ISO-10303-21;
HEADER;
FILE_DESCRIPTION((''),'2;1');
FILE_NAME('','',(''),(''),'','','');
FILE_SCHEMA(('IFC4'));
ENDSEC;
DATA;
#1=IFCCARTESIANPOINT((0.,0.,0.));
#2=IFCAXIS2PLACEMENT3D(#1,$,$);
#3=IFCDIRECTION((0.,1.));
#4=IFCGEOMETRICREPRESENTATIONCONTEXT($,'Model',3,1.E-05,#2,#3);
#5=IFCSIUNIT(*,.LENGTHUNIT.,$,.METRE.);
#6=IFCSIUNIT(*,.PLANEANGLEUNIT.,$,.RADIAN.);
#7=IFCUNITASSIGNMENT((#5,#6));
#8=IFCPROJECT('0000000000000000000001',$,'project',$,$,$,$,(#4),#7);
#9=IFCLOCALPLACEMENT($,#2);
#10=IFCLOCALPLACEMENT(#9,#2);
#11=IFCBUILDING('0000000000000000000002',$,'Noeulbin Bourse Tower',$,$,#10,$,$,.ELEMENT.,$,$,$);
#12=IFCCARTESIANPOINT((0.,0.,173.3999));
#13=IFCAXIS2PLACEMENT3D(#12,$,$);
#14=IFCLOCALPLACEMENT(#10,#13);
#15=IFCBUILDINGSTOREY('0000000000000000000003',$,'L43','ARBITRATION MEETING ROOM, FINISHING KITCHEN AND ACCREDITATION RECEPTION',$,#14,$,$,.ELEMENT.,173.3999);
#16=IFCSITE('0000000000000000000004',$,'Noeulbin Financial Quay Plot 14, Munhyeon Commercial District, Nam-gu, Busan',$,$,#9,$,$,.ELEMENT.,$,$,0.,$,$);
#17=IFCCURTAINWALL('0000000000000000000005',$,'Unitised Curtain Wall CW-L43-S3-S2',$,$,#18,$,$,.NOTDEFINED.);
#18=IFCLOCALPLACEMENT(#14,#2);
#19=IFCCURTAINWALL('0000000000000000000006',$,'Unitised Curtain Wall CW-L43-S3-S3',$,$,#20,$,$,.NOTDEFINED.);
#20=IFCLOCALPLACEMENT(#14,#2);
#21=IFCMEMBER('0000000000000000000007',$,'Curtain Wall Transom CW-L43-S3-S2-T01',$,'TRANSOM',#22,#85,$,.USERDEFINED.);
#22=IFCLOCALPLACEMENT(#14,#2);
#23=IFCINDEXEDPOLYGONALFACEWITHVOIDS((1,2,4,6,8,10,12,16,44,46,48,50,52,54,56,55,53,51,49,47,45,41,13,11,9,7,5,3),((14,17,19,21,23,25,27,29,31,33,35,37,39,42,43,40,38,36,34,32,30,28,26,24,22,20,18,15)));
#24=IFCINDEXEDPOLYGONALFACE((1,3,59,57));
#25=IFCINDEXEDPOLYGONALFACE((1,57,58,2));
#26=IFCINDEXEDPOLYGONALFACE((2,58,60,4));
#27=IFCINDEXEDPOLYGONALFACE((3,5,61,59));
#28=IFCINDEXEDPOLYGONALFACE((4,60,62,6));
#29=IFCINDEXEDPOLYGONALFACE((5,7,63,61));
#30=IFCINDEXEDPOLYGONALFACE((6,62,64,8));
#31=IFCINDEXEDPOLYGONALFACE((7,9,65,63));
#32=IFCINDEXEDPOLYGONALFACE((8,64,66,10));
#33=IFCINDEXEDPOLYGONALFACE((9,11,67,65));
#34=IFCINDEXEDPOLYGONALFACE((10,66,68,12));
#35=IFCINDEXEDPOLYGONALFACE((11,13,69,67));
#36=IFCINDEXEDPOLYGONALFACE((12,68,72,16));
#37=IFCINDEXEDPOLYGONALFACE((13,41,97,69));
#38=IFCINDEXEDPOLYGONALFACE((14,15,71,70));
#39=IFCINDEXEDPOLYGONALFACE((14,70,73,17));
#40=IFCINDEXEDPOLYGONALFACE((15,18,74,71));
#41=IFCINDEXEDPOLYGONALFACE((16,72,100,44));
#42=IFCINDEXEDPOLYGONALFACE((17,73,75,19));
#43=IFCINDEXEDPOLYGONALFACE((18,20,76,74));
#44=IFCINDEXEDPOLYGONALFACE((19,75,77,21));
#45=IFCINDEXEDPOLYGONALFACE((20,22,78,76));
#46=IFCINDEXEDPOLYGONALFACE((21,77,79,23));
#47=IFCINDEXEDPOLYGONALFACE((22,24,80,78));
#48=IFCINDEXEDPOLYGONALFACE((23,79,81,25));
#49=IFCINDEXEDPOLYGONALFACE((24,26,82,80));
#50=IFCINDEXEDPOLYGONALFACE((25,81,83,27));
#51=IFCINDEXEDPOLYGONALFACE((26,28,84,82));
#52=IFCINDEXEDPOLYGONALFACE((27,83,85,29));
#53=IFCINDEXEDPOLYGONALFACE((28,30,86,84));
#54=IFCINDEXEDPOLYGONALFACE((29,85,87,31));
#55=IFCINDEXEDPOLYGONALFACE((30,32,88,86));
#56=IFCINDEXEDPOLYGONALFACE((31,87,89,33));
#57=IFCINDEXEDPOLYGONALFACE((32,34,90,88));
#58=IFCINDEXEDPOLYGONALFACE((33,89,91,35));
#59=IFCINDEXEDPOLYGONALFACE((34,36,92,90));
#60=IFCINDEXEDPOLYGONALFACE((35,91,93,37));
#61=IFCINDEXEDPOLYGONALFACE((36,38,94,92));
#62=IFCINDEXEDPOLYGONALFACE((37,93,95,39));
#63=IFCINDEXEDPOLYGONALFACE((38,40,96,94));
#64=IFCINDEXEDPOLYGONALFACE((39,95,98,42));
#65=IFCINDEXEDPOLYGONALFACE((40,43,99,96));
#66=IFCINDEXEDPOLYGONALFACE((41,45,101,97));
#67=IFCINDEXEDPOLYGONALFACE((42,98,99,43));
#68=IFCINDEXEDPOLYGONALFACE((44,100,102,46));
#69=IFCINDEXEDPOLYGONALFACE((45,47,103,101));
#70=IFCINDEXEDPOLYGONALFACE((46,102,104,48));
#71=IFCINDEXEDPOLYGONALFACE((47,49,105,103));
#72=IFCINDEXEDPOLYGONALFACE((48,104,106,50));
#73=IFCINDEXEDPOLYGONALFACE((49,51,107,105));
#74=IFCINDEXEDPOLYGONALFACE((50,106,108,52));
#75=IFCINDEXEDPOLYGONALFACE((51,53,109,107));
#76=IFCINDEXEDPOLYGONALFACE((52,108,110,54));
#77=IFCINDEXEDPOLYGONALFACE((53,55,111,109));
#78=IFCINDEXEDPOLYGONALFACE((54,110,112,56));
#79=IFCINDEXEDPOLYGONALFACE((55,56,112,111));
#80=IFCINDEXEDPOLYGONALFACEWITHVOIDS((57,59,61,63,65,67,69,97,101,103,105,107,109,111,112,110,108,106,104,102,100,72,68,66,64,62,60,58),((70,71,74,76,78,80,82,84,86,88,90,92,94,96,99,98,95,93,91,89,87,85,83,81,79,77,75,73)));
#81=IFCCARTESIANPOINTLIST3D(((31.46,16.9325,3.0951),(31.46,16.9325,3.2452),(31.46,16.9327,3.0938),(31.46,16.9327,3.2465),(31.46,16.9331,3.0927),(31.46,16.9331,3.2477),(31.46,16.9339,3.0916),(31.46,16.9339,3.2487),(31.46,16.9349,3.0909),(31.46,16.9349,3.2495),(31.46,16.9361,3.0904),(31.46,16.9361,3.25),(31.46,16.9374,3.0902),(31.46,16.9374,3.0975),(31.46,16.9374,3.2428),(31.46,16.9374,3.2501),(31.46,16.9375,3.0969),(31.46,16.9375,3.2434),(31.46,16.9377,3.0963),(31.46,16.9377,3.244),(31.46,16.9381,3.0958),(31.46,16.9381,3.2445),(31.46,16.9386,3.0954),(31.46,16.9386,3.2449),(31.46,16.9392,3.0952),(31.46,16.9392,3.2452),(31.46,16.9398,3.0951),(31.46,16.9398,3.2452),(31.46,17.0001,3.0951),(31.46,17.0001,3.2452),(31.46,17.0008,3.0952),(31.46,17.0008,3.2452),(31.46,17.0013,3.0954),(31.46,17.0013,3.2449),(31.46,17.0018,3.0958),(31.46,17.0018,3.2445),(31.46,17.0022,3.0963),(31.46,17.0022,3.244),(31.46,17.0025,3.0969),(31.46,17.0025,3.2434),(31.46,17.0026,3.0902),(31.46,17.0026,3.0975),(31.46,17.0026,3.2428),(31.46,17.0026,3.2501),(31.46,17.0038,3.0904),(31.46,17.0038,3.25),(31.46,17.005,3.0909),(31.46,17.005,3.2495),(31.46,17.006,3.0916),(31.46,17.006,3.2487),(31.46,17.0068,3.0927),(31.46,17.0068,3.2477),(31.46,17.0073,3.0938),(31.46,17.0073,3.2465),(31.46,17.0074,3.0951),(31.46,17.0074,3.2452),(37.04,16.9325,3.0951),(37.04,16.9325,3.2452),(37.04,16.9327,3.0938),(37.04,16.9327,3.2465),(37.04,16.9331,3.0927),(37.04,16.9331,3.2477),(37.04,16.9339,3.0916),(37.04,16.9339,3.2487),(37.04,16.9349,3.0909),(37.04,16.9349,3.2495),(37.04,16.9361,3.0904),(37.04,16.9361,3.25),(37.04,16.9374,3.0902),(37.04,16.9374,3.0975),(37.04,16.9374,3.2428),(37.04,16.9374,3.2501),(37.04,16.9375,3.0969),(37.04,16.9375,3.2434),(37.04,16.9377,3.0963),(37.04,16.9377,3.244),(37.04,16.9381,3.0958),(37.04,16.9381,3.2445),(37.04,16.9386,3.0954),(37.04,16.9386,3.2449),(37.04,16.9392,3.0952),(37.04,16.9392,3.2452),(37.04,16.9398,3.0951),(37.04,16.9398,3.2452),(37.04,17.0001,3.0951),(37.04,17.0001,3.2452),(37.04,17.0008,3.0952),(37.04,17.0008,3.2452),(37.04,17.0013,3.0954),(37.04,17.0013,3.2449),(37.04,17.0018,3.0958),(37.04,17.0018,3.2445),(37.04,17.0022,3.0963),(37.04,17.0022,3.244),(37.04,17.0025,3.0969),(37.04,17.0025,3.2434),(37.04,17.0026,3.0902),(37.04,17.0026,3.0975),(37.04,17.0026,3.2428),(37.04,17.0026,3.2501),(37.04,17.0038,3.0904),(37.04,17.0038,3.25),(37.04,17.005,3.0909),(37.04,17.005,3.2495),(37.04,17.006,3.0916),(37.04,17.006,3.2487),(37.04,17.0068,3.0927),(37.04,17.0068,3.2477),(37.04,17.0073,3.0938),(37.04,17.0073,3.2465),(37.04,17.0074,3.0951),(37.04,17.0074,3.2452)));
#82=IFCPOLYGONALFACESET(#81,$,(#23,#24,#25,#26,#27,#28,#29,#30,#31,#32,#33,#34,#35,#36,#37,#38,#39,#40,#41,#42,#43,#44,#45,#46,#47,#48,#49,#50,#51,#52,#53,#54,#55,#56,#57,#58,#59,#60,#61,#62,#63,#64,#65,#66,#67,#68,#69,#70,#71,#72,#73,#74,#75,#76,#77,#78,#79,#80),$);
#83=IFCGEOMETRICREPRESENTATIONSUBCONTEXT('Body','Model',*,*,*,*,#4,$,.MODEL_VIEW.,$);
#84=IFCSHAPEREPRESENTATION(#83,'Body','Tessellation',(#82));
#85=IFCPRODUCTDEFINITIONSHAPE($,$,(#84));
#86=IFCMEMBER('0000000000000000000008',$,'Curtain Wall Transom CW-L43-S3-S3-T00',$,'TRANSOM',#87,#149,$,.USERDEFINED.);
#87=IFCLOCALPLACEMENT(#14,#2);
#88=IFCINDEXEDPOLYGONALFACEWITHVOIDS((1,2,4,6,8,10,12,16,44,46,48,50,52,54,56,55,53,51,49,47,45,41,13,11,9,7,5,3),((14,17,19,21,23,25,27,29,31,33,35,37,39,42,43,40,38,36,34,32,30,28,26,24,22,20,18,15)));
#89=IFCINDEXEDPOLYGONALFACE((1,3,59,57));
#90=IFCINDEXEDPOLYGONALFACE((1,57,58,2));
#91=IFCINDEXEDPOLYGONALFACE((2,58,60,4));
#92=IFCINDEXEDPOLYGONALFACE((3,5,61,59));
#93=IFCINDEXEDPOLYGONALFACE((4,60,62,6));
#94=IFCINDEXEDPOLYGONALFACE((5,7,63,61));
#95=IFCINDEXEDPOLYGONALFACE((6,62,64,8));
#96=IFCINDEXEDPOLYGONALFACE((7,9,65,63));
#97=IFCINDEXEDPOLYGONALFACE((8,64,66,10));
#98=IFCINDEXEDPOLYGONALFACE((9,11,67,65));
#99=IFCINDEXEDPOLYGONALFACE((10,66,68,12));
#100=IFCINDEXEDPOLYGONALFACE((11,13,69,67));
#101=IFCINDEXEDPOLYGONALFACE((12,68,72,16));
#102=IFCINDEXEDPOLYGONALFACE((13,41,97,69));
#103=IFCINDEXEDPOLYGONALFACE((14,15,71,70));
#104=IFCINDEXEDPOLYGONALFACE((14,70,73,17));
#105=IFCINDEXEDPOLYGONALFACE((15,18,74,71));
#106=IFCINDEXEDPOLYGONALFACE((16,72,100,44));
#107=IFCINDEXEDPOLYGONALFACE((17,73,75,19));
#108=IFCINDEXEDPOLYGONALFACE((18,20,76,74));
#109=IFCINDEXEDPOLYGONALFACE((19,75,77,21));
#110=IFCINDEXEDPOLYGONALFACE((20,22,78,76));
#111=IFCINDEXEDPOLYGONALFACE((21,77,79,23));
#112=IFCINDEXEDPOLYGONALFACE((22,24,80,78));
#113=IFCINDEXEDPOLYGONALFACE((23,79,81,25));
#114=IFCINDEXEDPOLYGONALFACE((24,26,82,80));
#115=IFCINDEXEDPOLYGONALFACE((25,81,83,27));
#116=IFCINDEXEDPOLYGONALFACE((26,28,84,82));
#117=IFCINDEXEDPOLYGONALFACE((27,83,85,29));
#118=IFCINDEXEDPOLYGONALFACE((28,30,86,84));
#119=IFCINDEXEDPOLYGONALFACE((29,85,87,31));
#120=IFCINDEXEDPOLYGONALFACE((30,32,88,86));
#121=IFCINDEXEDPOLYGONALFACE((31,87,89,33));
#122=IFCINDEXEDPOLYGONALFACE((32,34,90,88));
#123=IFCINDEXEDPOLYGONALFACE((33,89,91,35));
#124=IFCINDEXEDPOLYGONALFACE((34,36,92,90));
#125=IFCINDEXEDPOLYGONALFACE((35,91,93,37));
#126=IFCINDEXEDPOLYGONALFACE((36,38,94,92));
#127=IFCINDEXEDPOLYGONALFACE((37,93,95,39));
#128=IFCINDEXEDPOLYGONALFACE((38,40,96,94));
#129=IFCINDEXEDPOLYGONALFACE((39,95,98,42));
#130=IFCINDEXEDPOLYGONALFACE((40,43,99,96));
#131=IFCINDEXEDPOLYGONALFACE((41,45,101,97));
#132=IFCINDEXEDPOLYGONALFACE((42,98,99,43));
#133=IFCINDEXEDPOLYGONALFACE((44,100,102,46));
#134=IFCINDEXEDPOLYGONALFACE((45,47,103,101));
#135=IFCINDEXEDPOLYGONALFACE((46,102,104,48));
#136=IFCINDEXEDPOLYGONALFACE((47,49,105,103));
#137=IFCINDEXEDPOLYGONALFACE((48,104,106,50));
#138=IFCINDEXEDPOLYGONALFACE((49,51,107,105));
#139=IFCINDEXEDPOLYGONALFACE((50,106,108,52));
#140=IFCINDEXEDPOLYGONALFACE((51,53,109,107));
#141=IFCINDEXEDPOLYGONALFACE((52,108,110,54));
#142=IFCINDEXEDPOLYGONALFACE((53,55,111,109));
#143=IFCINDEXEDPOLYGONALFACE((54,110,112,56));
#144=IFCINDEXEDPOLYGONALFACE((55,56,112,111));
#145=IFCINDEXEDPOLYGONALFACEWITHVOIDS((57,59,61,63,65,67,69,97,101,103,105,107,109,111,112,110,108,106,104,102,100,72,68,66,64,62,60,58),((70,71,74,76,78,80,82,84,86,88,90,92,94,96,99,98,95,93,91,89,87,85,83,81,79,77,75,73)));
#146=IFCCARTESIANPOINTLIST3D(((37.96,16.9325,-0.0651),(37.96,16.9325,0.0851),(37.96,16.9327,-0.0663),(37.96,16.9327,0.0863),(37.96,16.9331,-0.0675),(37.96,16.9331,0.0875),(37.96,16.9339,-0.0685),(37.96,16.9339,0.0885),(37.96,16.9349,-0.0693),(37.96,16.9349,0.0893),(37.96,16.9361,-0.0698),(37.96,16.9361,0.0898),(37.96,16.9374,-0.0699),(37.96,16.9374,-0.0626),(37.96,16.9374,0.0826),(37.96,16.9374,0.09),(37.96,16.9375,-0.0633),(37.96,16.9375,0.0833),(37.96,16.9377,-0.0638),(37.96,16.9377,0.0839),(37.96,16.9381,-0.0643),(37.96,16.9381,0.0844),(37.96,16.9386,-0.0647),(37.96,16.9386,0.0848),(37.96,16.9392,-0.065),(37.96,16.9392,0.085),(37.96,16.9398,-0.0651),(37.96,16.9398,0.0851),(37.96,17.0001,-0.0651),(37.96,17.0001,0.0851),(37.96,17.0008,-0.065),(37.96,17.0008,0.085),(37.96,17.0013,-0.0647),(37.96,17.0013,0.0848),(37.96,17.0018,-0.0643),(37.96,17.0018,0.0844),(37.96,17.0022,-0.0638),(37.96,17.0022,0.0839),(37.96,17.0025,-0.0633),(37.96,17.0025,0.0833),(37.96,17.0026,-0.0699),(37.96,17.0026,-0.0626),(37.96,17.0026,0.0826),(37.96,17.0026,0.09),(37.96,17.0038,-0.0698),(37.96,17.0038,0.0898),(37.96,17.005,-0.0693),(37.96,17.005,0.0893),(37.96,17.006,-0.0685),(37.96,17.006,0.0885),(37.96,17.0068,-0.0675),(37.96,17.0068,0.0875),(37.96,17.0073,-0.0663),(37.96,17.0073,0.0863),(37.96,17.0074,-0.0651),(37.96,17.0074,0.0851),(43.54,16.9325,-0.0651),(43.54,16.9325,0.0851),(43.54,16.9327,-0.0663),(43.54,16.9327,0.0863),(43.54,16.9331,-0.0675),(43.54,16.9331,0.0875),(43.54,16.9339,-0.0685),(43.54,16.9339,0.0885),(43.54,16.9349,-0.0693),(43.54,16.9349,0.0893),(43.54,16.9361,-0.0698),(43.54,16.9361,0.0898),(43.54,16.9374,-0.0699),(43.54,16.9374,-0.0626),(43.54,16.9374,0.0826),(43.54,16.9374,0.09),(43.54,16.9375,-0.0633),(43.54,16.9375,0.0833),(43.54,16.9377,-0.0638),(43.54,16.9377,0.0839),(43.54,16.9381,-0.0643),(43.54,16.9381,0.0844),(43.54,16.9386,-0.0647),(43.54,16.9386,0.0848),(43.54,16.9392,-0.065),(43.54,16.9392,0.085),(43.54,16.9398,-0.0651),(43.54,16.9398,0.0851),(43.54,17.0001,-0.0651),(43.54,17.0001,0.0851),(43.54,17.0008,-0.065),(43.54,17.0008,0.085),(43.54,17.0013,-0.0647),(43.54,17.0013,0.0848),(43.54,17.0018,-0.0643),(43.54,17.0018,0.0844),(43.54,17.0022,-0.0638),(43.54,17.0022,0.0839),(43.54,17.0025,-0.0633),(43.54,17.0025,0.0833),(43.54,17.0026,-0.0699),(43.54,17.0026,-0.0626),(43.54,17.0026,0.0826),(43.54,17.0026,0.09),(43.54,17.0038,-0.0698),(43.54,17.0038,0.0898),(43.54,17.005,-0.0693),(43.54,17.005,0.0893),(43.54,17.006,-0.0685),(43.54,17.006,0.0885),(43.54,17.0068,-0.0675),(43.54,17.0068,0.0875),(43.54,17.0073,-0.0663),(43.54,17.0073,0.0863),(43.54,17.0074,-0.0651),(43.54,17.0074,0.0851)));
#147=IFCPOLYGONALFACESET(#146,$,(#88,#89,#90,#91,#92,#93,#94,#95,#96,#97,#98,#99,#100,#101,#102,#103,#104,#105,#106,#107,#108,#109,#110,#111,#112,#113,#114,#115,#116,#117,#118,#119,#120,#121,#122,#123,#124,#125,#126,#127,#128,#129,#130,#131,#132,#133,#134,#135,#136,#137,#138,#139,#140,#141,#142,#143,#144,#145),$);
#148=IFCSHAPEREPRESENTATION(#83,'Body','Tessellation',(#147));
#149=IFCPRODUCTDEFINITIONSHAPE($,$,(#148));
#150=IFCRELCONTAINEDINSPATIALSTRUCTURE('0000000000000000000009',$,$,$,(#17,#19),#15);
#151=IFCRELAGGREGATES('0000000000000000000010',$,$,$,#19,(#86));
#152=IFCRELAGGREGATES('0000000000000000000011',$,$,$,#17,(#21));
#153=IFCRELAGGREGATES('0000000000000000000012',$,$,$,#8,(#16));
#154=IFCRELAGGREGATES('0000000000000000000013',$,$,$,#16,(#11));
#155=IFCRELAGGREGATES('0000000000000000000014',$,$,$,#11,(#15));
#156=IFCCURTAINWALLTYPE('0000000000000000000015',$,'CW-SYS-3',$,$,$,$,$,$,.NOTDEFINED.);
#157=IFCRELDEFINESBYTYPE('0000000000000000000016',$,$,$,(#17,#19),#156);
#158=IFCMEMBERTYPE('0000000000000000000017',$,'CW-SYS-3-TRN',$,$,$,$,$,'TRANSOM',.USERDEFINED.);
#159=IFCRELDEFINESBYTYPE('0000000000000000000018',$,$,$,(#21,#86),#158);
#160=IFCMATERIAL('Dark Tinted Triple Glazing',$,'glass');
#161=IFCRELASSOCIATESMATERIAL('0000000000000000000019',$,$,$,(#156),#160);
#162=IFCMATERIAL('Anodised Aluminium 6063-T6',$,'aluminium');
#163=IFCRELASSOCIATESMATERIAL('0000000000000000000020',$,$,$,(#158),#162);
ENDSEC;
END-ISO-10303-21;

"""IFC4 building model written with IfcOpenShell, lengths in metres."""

from ifc_helpers import new_model, si_unit, direction, frame, origin, origin_2d, place, context, subcontext, project, spatial, hollow_rectangle, extrude, material, material_profile, profile_set, type_object, element, aggregate, save


model = new_model("IFC4")

# Units and contexts
model_context = context("Model", 3, precision=1e-05, world=origin(), true_north=direction((0.0, 1.0)))
body_context = subcontext(model_context, "Body", "Model", "MODEL_VIEW")
ifc_project = project(units=[si_unit("LENGTHUNIT", "METRE"), si_unit("PLANEANGLEUNIT", "RADIAN")], contexts=[model_context])

# Site, building, storey
site_placement = place(None, origin())
site = spatial("IfcSite", under=ifc_project, at=site_placement, Name="Noeulbin Financial Quay Plot 14, Munhyeon Commercial District, Nam-gu, Busan", CompositionType="ELEMENT", RefElevation=0.0)
building_placement = place(site_placement, origin())
building = spatial("IfcBuilding", under=site, at=building_placement, Name="Noeulbin Bourse Tower", CompositionType="ELEMENT")
storey_placement = place(building_placement, frame((0.0, 0.0, 173.3999)))
storey = spatial("IfcBuildingStorey", under=building, at=storey_placement, Name="L43", Description="ARBITRATION MEETING ROOM, FINISHING KITCHEN AND ACCREDITATION RECEPTION", CompositionType="ELEMENT", Elevation=173.3999)

# Shared definitions
ifc_material_1 = material(Name="Dark Tinted Triple Glazing", Category="glass")
curtain_wall_type = type_object("IfcCurtainWallType", Name="CW-SYS-3", PredefinedType="NOTDEFINED", material=ifc_material_1)
ifc_material_2 = material(Name="Anodised Aluminium 6063-T6", Category="aluminium")

# Curtain wall
curtain_wall_1_placement = place(storey_placement, origin())
curtain_wall_1 = element("IfcCurtainWall", 1, at=curtain_wall_1_placement, inside=storey, type_object=curtain_wall_type, Name="Unitised Curtain Wall CW-L43-S3-S2", PredefinedType="NOTDEFINED")

# Curtain wall
curtain_wall_2_placement = place(storey_placement, origin())
curtain_wall_2 = element("IfcCurtainWall", 2, at=curtain_wall_2_placement, inside=storey, type_object=curtain_wall_type, Name="Unitised Curtain Wall CW-L43-S3-S3", PredefinedType="NOTDEFINED")

# Members
ifc_material_profile_1 = material_profile(ifc_material_2, hollow_rectangle(XDim=0.075, YDim=0.1599, WallThickness=0.0049, InnerFilletRadius=0.0024, OuterFilletRadius=0.0049, at=origin_2d()), Name="ALU-TRAN-75x160x5", Category="LoadBearing")
ifc_profile_set_1 = profile_set([ifc_material_profile_1], Name="Anodised Aluminium 6063-T6")
member_type_1 = type_object("IfcMemberType", Name="CW-SYS-3-TRN", ElementType="TRANSOM", PredefinedType="USERDEFINED", material=ifc_profile_set_1)
member_1_placement = place(storey_placement, frame((31.46, 16.97, 3.1702), z_axis=(1.0, 0.0, 0.0), x_axis=(0.0, 1.0, 0.0)))
member_1 = element("IfcMember", 3, at=member_1_placement, type_object=member_type_1, Name="Curtain Wall Transom CW-L43-S3-S2-T01", ObjectType="TRANSOM", PredefinedType="USERDEFINED", context=body_context, shape_type="SweptSolid", body=[
    extrude(hollow_rectangle(XDim=0.075, YDim=0.1599, WallThickness=0.0049, InnerFilletRadius=0.0024, OuterFilletRadius=0.0049, at=origin_2d()), origin(), (0.0, 0.0, 1.0), 5.5801),
])
member_2_placement = place(storey_placement, frame((37.96, 16.97, 0.01), z_axis=(1.0, 0.0, 0.0), x_axis=(0.0, 1.0, 0.0)))
member_2 = element("IfcMember", 4, at=member_2_placement, type_object=member_type_1, Name="Curtain Wall Transom CW-L43-S3-S3-T00", ObjectType="TRANSOM", PredefinedType="USERDEFINED", context=body_context, shape_type="SweptSolid", body=[
    extrude(hollow_rectangle(XDim=0.075, YDim=0.1599, WallThickness=0.0049, InnerFilletRadius=0.0024, OuterFilletRadius=0.0049, at=origin_2d()), origin(), (0.0, 0.0, 1.0), 5.5801),
])
aggregate(curtain_wall_2, [member_2])

aggregate(curtain_wall_1, [member_1])

save(model, "model.ifc")
